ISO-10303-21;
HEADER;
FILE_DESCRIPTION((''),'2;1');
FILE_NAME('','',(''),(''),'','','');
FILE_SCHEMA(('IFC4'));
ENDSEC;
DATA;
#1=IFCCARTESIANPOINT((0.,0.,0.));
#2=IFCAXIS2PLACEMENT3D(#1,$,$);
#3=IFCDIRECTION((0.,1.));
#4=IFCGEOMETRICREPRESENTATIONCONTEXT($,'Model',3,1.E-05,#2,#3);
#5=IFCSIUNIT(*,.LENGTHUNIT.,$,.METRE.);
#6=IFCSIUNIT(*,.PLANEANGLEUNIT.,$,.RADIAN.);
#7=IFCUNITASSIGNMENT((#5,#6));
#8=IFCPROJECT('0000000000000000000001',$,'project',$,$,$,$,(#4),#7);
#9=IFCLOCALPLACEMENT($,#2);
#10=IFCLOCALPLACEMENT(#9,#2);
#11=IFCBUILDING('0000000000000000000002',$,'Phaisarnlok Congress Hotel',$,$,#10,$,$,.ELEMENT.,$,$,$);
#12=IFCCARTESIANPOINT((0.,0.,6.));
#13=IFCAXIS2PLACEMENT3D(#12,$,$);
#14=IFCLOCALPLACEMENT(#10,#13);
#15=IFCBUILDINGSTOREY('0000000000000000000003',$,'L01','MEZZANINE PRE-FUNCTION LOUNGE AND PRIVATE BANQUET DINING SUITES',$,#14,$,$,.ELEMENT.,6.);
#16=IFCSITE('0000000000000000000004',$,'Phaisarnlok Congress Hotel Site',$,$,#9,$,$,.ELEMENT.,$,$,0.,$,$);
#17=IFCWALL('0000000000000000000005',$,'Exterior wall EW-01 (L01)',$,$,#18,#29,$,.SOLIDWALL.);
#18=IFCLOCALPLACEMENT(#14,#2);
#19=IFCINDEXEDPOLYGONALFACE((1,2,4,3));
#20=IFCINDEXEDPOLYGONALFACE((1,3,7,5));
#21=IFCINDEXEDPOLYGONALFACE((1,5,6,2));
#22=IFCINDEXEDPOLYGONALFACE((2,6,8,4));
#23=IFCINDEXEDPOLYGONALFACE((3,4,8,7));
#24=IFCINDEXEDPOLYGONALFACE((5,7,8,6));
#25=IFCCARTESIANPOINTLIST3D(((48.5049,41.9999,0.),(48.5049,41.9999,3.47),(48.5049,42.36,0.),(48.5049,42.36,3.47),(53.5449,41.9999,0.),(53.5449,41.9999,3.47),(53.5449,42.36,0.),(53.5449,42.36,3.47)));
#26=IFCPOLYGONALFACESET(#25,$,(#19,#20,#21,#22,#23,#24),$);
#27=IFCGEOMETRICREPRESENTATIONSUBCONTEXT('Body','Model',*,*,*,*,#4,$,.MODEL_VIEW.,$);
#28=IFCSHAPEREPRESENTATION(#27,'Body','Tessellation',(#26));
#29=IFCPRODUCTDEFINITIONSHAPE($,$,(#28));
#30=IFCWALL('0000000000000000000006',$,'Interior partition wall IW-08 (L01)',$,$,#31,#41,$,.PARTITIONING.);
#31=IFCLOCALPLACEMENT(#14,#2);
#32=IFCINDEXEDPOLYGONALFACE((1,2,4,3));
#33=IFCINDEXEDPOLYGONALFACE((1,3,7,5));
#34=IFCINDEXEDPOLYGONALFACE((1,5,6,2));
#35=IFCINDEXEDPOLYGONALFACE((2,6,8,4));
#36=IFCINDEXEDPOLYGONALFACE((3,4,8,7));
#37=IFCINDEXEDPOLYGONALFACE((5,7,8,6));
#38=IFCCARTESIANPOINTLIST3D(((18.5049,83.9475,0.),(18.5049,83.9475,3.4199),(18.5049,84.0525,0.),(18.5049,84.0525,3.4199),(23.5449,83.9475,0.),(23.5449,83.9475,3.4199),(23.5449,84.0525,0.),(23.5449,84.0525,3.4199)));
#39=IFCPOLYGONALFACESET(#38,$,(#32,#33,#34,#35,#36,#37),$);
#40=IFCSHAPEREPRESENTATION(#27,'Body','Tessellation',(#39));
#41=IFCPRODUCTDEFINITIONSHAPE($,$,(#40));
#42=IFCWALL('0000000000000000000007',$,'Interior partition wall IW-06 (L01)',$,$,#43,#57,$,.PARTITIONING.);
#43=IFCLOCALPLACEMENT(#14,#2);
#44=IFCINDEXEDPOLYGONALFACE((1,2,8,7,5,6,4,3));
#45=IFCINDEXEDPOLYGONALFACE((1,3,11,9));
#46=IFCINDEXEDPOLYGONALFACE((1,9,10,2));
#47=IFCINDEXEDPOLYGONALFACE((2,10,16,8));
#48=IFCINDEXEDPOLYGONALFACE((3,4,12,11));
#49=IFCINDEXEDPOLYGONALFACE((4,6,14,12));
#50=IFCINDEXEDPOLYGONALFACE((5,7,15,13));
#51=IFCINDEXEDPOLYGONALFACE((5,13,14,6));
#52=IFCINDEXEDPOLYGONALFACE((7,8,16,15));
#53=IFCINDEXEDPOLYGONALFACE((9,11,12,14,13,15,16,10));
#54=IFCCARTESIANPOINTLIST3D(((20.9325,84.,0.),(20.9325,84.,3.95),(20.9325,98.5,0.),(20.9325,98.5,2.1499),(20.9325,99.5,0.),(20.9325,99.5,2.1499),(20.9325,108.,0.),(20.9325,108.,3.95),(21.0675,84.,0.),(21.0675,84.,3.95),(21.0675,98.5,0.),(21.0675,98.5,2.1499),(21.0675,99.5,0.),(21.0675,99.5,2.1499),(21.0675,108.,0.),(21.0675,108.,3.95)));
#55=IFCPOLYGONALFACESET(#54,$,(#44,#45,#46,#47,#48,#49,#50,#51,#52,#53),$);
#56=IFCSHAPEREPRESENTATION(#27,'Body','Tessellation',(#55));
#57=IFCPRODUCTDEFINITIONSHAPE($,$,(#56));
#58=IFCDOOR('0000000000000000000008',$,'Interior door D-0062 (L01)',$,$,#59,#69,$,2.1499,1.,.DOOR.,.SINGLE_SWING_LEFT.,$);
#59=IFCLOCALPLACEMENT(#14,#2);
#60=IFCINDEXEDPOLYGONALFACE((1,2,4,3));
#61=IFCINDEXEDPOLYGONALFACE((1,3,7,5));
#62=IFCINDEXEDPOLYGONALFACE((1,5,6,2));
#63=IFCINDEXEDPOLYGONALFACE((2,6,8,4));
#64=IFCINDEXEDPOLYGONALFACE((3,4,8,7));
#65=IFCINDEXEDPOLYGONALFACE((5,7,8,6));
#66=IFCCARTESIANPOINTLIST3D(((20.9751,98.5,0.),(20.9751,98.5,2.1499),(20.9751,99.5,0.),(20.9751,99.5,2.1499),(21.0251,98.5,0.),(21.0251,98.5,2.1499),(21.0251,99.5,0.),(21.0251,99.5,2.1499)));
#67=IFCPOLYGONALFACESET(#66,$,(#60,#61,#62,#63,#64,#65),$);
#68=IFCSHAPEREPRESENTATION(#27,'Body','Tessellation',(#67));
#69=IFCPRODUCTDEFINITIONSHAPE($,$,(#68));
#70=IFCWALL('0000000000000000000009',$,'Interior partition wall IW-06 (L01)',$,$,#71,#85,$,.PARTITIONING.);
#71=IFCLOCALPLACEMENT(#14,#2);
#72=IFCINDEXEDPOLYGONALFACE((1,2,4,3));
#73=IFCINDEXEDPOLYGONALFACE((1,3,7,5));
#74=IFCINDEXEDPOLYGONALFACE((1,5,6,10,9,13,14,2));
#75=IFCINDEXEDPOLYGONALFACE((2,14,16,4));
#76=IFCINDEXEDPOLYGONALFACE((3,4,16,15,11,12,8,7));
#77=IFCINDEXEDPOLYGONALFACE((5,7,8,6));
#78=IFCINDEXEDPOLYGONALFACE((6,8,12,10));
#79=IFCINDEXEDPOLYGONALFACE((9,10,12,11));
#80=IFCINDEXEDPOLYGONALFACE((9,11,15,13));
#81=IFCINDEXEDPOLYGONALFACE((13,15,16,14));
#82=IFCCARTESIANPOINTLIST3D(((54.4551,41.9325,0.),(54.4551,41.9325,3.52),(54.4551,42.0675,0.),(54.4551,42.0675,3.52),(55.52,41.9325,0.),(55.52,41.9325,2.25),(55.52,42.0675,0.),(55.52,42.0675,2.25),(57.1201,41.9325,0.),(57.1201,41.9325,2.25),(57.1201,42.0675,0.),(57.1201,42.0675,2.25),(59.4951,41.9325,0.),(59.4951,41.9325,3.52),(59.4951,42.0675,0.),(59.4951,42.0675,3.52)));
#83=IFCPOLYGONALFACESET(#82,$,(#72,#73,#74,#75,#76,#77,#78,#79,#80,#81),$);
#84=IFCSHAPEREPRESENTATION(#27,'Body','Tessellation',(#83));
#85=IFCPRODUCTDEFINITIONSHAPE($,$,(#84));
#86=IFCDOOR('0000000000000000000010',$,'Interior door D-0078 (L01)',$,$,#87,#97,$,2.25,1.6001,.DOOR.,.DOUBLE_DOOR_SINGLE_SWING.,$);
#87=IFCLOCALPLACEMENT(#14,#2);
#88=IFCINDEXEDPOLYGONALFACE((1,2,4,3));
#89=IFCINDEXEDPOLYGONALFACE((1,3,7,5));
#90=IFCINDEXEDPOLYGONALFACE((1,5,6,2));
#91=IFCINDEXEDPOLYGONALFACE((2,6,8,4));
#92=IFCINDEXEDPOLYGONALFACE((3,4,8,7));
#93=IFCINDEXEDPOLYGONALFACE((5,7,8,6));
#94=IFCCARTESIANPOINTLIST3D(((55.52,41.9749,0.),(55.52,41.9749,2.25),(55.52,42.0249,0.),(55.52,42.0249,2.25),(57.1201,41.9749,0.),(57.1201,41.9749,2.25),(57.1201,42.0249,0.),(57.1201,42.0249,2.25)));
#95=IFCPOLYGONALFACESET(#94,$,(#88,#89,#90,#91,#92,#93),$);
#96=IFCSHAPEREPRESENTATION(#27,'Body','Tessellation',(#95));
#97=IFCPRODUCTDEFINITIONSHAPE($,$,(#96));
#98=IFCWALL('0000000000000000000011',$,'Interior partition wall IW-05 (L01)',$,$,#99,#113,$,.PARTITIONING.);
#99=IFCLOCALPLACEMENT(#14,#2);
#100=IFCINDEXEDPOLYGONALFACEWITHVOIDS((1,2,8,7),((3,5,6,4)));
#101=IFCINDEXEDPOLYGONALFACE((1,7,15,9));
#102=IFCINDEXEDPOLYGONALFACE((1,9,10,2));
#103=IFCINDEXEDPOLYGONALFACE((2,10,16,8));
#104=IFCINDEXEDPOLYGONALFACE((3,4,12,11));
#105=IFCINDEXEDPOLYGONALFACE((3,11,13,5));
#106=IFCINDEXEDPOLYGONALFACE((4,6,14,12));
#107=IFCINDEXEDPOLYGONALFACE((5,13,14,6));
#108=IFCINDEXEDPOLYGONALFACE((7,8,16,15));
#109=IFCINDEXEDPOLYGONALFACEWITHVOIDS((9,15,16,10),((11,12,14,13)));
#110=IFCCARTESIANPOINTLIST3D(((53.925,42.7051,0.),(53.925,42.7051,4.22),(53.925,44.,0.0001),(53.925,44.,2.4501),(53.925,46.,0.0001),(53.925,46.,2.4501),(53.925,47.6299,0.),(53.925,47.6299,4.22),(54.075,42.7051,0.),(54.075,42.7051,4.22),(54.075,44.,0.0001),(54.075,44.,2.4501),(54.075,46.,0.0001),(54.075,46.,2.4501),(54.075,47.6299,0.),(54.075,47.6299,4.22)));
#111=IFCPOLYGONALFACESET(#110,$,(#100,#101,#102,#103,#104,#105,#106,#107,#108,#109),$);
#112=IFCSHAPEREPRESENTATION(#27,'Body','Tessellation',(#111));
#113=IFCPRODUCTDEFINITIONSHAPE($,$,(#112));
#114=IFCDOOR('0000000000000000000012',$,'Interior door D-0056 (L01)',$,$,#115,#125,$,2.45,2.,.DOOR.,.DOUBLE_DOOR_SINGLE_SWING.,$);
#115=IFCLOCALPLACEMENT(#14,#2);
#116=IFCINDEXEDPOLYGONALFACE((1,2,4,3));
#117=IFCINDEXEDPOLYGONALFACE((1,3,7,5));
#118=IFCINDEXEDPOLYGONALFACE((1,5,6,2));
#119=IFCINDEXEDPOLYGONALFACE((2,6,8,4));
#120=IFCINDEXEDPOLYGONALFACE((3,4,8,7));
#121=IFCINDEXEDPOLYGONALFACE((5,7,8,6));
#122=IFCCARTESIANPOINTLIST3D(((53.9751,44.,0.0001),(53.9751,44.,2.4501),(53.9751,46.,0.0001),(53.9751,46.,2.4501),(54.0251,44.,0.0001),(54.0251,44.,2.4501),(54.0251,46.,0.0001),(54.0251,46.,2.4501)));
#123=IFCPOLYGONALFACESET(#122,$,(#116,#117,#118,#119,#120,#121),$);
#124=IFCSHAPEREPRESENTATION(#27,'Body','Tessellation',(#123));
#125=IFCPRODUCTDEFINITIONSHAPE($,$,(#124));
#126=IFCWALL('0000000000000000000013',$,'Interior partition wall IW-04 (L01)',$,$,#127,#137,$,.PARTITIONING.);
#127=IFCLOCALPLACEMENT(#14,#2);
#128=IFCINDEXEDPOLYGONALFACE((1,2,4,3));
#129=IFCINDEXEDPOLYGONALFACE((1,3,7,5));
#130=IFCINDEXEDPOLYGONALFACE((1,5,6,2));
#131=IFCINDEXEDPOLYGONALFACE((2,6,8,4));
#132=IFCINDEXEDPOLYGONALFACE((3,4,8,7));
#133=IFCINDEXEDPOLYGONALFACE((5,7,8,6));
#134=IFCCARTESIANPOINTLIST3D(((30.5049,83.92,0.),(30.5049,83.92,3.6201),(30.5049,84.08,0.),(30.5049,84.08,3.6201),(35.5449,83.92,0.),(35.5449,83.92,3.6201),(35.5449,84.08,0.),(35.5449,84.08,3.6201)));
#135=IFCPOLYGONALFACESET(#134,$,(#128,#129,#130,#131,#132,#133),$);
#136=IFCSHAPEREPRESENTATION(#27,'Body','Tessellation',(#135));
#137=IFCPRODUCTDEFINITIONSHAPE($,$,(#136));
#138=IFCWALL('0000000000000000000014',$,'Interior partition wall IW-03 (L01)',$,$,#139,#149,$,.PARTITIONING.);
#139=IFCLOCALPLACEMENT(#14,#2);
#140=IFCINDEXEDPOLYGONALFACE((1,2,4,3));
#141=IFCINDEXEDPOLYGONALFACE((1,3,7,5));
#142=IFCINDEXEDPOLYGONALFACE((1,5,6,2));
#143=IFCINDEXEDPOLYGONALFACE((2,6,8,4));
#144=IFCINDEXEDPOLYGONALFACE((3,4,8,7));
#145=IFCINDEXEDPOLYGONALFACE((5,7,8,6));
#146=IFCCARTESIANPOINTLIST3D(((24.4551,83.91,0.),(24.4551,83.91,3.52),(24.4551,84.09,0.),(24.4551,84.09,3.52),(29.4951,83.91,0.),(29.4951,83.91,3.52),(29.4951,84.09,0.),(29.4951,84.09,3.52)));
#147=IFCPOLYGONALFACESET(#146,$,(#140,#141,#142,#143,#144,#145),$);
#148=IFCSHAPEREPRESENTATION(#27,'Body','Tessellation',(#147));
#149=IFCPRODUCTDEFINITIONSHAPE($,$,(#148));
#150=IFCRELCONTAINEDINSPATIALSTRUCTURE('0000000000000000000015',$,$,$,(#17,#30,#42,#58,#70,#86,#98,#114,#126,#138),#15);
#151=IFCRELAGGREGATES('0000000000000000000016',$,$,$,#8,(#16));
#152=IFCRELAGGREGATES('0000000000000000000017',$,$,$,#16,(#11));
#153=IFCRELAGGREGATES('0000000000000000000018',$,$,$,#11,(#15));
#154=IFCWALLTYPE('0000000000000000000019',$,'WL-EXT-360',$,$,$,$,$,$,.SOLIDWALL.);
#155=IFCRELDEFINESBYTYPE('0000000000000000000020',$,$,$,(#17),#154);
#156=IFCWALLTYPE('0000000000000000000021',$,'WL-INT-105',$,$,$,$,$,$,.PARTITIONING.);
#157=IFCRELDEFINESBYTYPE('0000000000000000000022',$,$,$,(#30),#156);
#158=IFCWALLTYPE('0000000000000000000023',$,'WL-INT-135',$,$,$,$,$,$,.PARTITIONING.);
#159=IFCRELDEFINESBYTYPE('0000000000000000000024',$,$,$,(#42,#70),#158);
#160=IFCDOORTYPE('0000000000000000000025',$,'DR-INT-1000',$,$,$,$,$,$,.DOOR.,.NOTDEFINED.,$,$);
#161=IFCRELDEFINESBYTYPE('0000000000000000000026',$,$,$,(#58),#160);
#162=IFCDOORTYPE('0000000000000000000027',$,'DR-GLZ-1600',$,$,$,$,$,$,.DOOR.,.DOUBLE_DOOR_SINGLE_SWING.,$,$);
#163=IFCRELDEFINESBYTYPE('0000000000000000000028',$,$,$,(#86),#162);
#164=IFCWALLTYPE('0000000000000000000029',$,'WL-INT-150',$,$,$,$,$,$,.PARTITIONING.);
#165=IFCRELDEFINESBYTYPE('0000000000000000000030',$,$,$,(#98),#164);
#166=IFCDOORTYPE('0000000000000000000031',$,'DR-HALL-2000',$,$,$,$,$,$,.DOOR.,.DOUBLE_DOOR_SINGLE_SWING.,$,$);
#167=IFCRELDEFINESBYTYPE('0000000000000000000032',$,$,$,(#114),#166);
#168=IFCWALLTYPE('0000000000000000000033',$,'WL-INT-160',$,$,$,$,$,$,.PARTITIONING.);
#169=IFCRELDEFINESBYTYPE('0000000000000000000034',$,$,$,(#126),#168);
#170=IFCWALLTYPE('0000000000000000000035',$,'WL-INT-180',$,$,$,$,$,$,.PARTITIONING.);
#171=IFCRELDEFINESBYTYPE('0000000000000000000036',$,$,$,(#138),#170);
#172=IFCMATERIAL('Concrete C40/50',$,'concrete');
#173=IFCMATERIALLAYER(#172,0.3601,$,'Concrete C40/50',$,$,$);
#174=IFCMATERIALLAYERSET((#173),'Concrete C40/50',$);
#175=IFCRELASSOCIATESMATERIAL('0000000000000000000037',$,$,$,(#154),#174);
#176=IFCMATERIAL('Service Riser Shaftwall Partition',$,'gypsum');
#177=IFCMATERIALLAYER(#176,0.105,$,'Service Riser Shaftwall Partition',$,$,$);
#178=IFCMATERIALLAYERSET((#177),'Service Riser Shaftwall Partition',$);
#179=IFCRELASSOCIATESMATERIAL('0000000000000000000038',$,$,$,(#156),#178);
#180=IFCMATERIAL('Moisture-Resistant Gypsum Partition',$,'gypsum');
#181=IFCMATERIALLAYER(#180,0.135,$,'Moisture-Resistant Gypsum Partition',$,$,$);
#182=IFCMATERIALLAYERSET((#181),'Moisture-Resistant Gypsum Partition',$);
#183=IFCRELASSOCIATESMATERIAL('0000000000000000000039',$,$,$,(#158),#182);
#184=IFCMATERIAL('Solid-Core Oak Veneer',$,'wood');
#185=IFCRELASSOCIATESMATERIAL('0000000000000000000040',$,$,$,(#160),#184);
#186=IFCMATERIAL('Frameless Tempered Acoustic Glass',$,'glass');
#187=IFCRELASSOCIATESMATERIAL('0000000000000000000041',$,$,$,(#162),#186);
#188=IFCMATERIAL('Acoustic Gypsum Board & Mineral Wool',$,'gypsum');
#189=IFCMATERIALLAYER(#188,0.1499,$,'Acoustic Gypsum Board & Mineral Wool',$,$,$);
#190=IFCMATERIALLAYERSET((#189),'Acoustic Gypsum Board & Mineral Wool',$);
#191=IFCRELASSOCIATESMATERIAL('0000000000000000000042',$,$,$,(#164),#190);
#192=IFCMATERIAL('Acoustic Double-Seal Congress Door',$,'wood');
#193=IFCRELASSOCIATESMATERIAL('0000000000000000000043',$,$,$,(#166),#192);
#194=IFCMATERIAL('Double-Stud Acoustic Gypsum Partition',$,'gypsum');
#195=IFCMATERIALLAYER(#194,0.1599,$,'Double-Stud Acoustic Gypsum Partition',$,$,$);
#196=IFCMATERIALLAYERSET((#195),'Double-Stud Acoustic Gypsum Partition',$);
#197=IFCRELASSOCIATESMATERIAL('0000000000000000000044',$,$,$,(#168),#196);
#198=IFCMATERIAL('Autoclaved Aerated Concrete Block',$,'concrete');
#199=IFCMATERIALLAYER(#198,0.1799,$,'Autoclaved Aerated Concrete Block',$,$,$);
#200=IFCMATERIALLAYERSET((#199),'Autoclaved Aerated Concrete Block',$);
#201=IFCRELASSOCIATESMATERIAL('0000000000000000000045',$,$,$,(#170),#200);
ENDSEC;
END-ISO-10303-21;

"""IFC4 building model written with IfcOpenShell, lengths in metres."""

from ifc_helpers import new_model, si_unit, direction, frame, frame_2d, origin, place, context, subcontext, project, spatial, rectangle, extrude, material, layer, layer_set, type_object, element, fill, save


model = new_model("IFC4")

# Units and contexts
model_context = context("Model", 3, precision=1e-05, world=origin(), true_north=direction((0.0, 1.0)))
body_context = subcontext(model_context, "Body", "Model", "MODEL_VIEW")
ifc_project = project(units=[si_unit("LENGTHUNIT", "METRE"), si_unit("PLANEANGLEUNIT", "RADIAN")], contexts=[model_context])

# Site, building, storey
site_placement = place(None, origin())
site = spatial("IfcSite", under=ifc_project, at=site_placement, Name="Phaisarnlok Congress Hotel Site", CompositionType="ELEMENT", RefElevation=0.0)
building_placement = place(site_placement, origin())
building = spatial("IfcBuilding", under=site, at=building_placement, Name="Phaisarnlok Congress Hotel", CompositionType="ELEMENT")
storey_placement = place(building_placement, frame((0.0, 0.0, 6.0)))
storey = spatial("IfcBuildingStorey", under=building, at=storey_placement, Name="L01", Description="MEZZANINE PRE-FUNCTION LOUNGE AND PRIVATE BANQUET DINING SUITES", CompositionType="ELEMENT", Elevation=6.0)

# Shared definitions
ifc_material_1 = material(Name="Concrete C40/50", Category="concrete")

# Walls
ifc_layer_1 = layer(ifc_material_1, 0.3601, Name="Concrete C40/50")
ifc_layer_set_1 = layer_set([ifc_layer_1], Name="Concrete C40/50")
wall_type_1 = type_object("IfcWallType", Name="WL-EXT-360", PredefinedType="SOLIDWALL", material=ifc_layer_set_1)
for number, where, z_axis, x_axis, name in (
    (1, (48.5049, 42.1799, 0.0), (0.0, 0.0, 1.0), (1.0, 0.0, 0.0), "Exterior wall EW-01 (L01)"),
):
    element("IfcWall", number, at=place(storey_placement, frame(where, z_axis=z_axis, x_axis=x_axis)), inside=storey, type_object=wall_type_1, Name=name, PredefinedType="SOLIDWALL", context=body_context, shape_type="SweptSolid", body=[
        extrude(rectangle(XDim=5.04, YDim=0.3601, at=frame_2d((2.52, 0.0))), origin(), (0.0, 0.0, 1.0), 3.47),
    ])
ifc_material_2 = material(Name="Service Riser Shaftwall Partition", Category="gypsum")
ifc_layer_2 = layer(ifc_material_2, 0.105, Name="Service Riser Shaftwall Partition")
ifc_layer_set_2 = layer_set([ifc_layer_2], Name="Service Riser Shaftwall Partition")
wall_type_2 = type_object("IfcWallType", Name="WL-INT-105", PredefinedType="PARTITIONING", material=ifc_layer_set_2)
wall_1_placement = place(storey_placement, frame((18.5049, 84.0, 0.0), z_axis=(0.0, 0.0, 1.0), x_axis=(1.0, 0.0, 0.0)))
element("IfcWall", 2, at=wall_1_placement, inside=storey, type_object=wall_type_2, Name="Interior partition wall IW-08 (L01)", PredefinedType="PARTITIONING", context=body_context, shape_type="SweptSolid", body=[
    extrude(rectangle(XDim=5.04, YDim=0.105, at=frame_2d((2.52, 0.0))), origin(), (0.0, 0.0, 1.0), 3.4199),
])

# Walls, openings, doors
ifc_material_3 = material(Name="Moisture-Resistant Gypsum Partition", Category="gypsum")
ifc_layer_3 = layer(ifc_material_3, 0.135, Name="Moisture-Resistant Gypsum Partition")
ifc_layer_set_3 = layer_set([ifc_layer_3], Name="Moisture-Resistant Gypsum Partition")
wall_type_3 = type_object("IfcWallType", Name="WL-INT-135", PredefinedType="PARTITIONING", material=ifc_layer_set_3)
wall_2_placement = place(storey_placement, frame((21.0, 84.0, 0.0), z_axis=(0.0, 0.0, 1.0), x_axis=(0.0, 1.0, 0.0)))
wall_2 = element("IfcWall", 3, at=wall_2_placement, inside=storey, type_object=wall_type_3, Name="Interior partition wall IW-06 (L01)", PredefinedType="PARTITIONING", context=body_context, shape_type="SweptSolid", body=[
    extrude(rectangle(XDim=24.0, YDim=0.135, at=frame_2d((12.0, 0.0))), origin(), (0.0, 0.0, 1.0), 3.95),
])
opening_1_placement = place(wall_2_placement, frame((14.5, 0.0, 0.0)))
opening_1 = element("IfcOpeningElement", 4, at=opening_1_placement, cuts=wall_2, PredefinedType="OPENING", context=body_context, shape_type="SweptSolid", body=[
    extrude(rectangle(XDim=1.0, YDim=2.1499, at=frame_2d((0.5, 1.075))), frame((0.0, 0.0776, 0.0), z_axis=(0.0, -1.0, 0.0), x_axis=(1.0, 0.0, 0.0)), (0.0, 0.0, 1.0), 0.155),
])
ifc_material_4 = material(Name="Solid-Core Oak Veneer", Category="wood")
door_type_1 = type_object("IfcDoorType", Name="DR-INT-1000", OperationType="NOTDEFINED", PredefinedType="DOOR", material=ifc_material_4)
door_1_placement = place(opening_1_placement, origin())
door_1 = element("IfcDoor", 5, at=door_1_placement, inside=storey, type_object=door_type_1, Name="Interior door D-0062 (L01)", OperationType="SINGLE_SWING_LEFT", OverallHeight=2.1499, OverallWidth=1.0, PredefinedType="DOOR", context=body_context, shape_type="SweptSolid", body=[
    extrude(rectangle(XDim=1.0, YDim=2.1499, at=frame_2d((0.5, 1.075))), frame((0.0, 0.0249, 0.0), z_axis=(0.0, -1.0, 0.0), x_axis=(1.0, 0.0, 0.0)), (0.0, 0.0, 1.0), 0.05),
])
fill(opening_1, door_1)
wall_3_placement = place(storey_placement, frame((54.4551, 42.0, 0.0), z_axis=(0.0, 0.0, 1.0), x_axis=(1.0, 0.0, 0.0)))
wall_3 = element("IfcWall", 6, at=wall_3_placement, inside=storey, type_object=wall_type_3, Name="Interior partition wall IW-06 (L01)", PredefinedType="PARTITIONING", context=body_context, shape_type="SweptSolid", body=[
    extrude(rectangle(XDim=5.04, YDim=0.135, at=frame_2d((2.52, 0.0))), origin(), (0.0, 0.0, 1.0), 3.52),
])
opening_2_placement = place(wall_3_placement, frame((1.0649, 0.0, 0.0)))
opening_2 = element("IfcOpeningElement", 7, at=opening_2_placement, cuts=wall_3, PredefinedType="OPENING", context=body_context, shape_type="SweptSolid", body=[
    extrude(rectangle(XDim=1.6001, YDim=2.25, at=frame_2d((0.8, 1.125))), frame((0.0, 0.0776, 0.0), z_axis=(0.0, -1.0, 0.0), x_axis=(1.0, 0.0, 0.0)), (0.0, 0.0, 1.0), 0.155),
])
ifc_material_5 = material(Name="Frameless Tempered Acoustic Glass", Category="glass")
door_type_2 = type_object("IfcDoorType", Name="DR-GLZ-1600", OperationType="DOUBLE_DOOR_SINGLE_SWING", PredefinedType="DOOR", material=ifc_material_5)
door_2_placement = place(opening_2_placement, origin())
door_2 = element("IfcDoor", 8, at=door_2_placement, inside=storey, type_object=door_type_2, Name="Interior door D-0078 (L01)", OperationType="DOUBLE_DOOR_SINGLE_SWING", OverallHeight=2.25, OverallWidth=1.6001, PredefinedType="DOOR", context=body_context, shape_type="SweptSolid", body=[
    extrude(rectangle(XDim=1.6001, YDim=2.25, at=frame_2d((0.8, 1.125))), frame((0.0, 0.0249, 0.0), z_axis=(0.0, -1.0, 0.0), x_axis=(1.0, 0.0, 0.0)), (0.0, 0.0, 1.0), 0.05),
])
fill(opening_2, door_2)
ifc_material_6 = material(Name="Acoustic Gypsum Board & Mineral Wool", Category="gypsum")
ifc_layer_4 = layer(ifc_material_6, 0.1499, Name="Acoustic Gypsum Board & Mineral Wool")
ifc_layer_set_4 = layer_set([ifc_layer_4], Name="Acoustic Gypsum Board & Mineral Wool")
wall_type_4 = type_object("IfcWallType", Name="WL-INT-150", PredefinedType="PARTITIONING", material=ifc_layer_set_4)
wall_4_placement = place(storey_placement, frame((54.0, 42.7051, 0.0), z_axis=(0.0, 0.0, 1.0), x_axis=(0.0, 1.0, 0.0)))
wall_4 = element("IfcWall", 9, at=wall_4_placement, inside=storey, type_object=wall_type_4, Name="Interior partition wall IW-05 (L01)", PredefinedType="PARTITIONING", context=body_context, shape_type="SweptSolid", body=[
    extrude(rectangle(XDim=4.9248, YDim=0.1499, at=frame_2d((2.4624, 0.0))), origin(), (0.0, 0.0, 1.0), 4.22),
])
opening_3_placement = place(wall_4_placement, frame((1.2949, 0.0, 0.0)))
opening_3 = element("IfcOpeningElement", 10, at=opening_3_placement, cuts=wall_4, PredefinedType="OPENING", context=body_context, shape_type="SweptSolid", body=[
    extrude(rectangle(XDim=2.0, YDim=2.45, at=frame_2d((1.0, 1.2251))), frame((0.0, 0.085, 0.0), z_axis=(0.0, -1.0, 0.0), x_axis=(1.0, 0.0, 0.0)), (0.0, 0.0, 1.0), 0.1699),
])
ifc_material_7 = material(Name="Acoustic Double-Seal Congress Door", Category="wood")
door_type_3 = type_object("IfcDoorType", Name="DR-HALL-2000", OperationType="DOUBLE_DOOR_SINGLE_SWING", PredefinedType="DOOR", material=ifc_material_7)
door_3_placement = place(opening_3_placement, origin())
door_3 = element("IfcDoor", 11, at=door_3_placement, inside=storey, type_object=door_type_3, Name="Interior door D-0056 (L01)", OperationType="DOUBLE_DOOR_SINGLE_SWING", OverallHeight=2.45, OverallWidth=2.0, PredefinedType="DOOR", context=body_context, shape_type="SweptSolid", body=[
    extrude(rectangle(XDim=2.0, YDim=2.45, at=frame_2d((1.0, 1.2251))), frame((0.0, 0.0249, 0.0), z_axis=(0.0, -1.0, 0.0), x_axis=(1.0, 0.0, 0.0)), (0.0, 0.0, 1.0), 0.05),
])
fill(opening_3, door_3)

# Walls
ifc_material_8 = material(Name="Double-Stud Acoustic Gypsum Partition", Category="gypsum")
ifc_layer_5 = layer(ifc_material_8, 0.1599, Name="Double-Stud Acoustic Gypsum Partition")
ifc_layer_set_5 = layer_set([ifc_layer_5], Name="Double-Stud Acoustic Gypsum Partition")
wall_type_5 = type_object("IfcWallType", Name="WL-INT-160", PredefinedType="PARTITIONING", material=ifc_layer_set_5)
wall_5_placement = place(storey_placement, frame((30.5049, 84.0, 0.0), z_axis=(0.0, 0.0, 1.0), x_axis=(1.0, 0.0, 0.0)))
element("IfcWall", 12, at=wall_5_placement, inside=storey, type_object=wall_type_5, Name="Interior partition wall IW-04 (L01)", PredefinedType="PARTITIONING", context=body_context, shape_type="SweptSolid", body=[
    extrude(rectangle(XDim=5.04, YDim=0.1599, at=frame_2d((2.52, 0.0))), origin(), (0.0, 0.0, 1.0), 3.6201),
])
ifc_material_9 = material(Name="Autoclaved Aerated Concrete Block", Category="concrete")
ifc_layer_6 = layer(ifc_material_9, 0.1799, Name="Autoclaved Aerated Concrete Block")
ifc_layer_set_6 = layer_set([ifc_layer_6], Name="Autoclaved Aerated Concrete Block")
wall_type_6 = type_object("IfcWallType", Name="WL-INT-180", PredefinedType="PARTITIONING", material=ifc_layer_set_6)
wall_6_placement = place(storey_placement, frame((24.4551, 84.0, 0.0), z_axis=(0.0, 0.0, 1.0), x_axis=(1.0, 0.0, 0.0)))
element("IfcWall", 13, at=wall_6_placement, inside=storey, type_object=wall_type_6, Name="Interior partition wall IW-03 (L01)", PredefinedType="PARTITIONING", context=body_context, shape_type="SweptSolid", body=[
    extrude(rectangle(XDim=5.04, YDim=0.1799, at=frame_2d((2.52, 0.0))), origin(), (0.0, 0.0, 1.0), 3.52),
])

save(model, "model.ifc")
